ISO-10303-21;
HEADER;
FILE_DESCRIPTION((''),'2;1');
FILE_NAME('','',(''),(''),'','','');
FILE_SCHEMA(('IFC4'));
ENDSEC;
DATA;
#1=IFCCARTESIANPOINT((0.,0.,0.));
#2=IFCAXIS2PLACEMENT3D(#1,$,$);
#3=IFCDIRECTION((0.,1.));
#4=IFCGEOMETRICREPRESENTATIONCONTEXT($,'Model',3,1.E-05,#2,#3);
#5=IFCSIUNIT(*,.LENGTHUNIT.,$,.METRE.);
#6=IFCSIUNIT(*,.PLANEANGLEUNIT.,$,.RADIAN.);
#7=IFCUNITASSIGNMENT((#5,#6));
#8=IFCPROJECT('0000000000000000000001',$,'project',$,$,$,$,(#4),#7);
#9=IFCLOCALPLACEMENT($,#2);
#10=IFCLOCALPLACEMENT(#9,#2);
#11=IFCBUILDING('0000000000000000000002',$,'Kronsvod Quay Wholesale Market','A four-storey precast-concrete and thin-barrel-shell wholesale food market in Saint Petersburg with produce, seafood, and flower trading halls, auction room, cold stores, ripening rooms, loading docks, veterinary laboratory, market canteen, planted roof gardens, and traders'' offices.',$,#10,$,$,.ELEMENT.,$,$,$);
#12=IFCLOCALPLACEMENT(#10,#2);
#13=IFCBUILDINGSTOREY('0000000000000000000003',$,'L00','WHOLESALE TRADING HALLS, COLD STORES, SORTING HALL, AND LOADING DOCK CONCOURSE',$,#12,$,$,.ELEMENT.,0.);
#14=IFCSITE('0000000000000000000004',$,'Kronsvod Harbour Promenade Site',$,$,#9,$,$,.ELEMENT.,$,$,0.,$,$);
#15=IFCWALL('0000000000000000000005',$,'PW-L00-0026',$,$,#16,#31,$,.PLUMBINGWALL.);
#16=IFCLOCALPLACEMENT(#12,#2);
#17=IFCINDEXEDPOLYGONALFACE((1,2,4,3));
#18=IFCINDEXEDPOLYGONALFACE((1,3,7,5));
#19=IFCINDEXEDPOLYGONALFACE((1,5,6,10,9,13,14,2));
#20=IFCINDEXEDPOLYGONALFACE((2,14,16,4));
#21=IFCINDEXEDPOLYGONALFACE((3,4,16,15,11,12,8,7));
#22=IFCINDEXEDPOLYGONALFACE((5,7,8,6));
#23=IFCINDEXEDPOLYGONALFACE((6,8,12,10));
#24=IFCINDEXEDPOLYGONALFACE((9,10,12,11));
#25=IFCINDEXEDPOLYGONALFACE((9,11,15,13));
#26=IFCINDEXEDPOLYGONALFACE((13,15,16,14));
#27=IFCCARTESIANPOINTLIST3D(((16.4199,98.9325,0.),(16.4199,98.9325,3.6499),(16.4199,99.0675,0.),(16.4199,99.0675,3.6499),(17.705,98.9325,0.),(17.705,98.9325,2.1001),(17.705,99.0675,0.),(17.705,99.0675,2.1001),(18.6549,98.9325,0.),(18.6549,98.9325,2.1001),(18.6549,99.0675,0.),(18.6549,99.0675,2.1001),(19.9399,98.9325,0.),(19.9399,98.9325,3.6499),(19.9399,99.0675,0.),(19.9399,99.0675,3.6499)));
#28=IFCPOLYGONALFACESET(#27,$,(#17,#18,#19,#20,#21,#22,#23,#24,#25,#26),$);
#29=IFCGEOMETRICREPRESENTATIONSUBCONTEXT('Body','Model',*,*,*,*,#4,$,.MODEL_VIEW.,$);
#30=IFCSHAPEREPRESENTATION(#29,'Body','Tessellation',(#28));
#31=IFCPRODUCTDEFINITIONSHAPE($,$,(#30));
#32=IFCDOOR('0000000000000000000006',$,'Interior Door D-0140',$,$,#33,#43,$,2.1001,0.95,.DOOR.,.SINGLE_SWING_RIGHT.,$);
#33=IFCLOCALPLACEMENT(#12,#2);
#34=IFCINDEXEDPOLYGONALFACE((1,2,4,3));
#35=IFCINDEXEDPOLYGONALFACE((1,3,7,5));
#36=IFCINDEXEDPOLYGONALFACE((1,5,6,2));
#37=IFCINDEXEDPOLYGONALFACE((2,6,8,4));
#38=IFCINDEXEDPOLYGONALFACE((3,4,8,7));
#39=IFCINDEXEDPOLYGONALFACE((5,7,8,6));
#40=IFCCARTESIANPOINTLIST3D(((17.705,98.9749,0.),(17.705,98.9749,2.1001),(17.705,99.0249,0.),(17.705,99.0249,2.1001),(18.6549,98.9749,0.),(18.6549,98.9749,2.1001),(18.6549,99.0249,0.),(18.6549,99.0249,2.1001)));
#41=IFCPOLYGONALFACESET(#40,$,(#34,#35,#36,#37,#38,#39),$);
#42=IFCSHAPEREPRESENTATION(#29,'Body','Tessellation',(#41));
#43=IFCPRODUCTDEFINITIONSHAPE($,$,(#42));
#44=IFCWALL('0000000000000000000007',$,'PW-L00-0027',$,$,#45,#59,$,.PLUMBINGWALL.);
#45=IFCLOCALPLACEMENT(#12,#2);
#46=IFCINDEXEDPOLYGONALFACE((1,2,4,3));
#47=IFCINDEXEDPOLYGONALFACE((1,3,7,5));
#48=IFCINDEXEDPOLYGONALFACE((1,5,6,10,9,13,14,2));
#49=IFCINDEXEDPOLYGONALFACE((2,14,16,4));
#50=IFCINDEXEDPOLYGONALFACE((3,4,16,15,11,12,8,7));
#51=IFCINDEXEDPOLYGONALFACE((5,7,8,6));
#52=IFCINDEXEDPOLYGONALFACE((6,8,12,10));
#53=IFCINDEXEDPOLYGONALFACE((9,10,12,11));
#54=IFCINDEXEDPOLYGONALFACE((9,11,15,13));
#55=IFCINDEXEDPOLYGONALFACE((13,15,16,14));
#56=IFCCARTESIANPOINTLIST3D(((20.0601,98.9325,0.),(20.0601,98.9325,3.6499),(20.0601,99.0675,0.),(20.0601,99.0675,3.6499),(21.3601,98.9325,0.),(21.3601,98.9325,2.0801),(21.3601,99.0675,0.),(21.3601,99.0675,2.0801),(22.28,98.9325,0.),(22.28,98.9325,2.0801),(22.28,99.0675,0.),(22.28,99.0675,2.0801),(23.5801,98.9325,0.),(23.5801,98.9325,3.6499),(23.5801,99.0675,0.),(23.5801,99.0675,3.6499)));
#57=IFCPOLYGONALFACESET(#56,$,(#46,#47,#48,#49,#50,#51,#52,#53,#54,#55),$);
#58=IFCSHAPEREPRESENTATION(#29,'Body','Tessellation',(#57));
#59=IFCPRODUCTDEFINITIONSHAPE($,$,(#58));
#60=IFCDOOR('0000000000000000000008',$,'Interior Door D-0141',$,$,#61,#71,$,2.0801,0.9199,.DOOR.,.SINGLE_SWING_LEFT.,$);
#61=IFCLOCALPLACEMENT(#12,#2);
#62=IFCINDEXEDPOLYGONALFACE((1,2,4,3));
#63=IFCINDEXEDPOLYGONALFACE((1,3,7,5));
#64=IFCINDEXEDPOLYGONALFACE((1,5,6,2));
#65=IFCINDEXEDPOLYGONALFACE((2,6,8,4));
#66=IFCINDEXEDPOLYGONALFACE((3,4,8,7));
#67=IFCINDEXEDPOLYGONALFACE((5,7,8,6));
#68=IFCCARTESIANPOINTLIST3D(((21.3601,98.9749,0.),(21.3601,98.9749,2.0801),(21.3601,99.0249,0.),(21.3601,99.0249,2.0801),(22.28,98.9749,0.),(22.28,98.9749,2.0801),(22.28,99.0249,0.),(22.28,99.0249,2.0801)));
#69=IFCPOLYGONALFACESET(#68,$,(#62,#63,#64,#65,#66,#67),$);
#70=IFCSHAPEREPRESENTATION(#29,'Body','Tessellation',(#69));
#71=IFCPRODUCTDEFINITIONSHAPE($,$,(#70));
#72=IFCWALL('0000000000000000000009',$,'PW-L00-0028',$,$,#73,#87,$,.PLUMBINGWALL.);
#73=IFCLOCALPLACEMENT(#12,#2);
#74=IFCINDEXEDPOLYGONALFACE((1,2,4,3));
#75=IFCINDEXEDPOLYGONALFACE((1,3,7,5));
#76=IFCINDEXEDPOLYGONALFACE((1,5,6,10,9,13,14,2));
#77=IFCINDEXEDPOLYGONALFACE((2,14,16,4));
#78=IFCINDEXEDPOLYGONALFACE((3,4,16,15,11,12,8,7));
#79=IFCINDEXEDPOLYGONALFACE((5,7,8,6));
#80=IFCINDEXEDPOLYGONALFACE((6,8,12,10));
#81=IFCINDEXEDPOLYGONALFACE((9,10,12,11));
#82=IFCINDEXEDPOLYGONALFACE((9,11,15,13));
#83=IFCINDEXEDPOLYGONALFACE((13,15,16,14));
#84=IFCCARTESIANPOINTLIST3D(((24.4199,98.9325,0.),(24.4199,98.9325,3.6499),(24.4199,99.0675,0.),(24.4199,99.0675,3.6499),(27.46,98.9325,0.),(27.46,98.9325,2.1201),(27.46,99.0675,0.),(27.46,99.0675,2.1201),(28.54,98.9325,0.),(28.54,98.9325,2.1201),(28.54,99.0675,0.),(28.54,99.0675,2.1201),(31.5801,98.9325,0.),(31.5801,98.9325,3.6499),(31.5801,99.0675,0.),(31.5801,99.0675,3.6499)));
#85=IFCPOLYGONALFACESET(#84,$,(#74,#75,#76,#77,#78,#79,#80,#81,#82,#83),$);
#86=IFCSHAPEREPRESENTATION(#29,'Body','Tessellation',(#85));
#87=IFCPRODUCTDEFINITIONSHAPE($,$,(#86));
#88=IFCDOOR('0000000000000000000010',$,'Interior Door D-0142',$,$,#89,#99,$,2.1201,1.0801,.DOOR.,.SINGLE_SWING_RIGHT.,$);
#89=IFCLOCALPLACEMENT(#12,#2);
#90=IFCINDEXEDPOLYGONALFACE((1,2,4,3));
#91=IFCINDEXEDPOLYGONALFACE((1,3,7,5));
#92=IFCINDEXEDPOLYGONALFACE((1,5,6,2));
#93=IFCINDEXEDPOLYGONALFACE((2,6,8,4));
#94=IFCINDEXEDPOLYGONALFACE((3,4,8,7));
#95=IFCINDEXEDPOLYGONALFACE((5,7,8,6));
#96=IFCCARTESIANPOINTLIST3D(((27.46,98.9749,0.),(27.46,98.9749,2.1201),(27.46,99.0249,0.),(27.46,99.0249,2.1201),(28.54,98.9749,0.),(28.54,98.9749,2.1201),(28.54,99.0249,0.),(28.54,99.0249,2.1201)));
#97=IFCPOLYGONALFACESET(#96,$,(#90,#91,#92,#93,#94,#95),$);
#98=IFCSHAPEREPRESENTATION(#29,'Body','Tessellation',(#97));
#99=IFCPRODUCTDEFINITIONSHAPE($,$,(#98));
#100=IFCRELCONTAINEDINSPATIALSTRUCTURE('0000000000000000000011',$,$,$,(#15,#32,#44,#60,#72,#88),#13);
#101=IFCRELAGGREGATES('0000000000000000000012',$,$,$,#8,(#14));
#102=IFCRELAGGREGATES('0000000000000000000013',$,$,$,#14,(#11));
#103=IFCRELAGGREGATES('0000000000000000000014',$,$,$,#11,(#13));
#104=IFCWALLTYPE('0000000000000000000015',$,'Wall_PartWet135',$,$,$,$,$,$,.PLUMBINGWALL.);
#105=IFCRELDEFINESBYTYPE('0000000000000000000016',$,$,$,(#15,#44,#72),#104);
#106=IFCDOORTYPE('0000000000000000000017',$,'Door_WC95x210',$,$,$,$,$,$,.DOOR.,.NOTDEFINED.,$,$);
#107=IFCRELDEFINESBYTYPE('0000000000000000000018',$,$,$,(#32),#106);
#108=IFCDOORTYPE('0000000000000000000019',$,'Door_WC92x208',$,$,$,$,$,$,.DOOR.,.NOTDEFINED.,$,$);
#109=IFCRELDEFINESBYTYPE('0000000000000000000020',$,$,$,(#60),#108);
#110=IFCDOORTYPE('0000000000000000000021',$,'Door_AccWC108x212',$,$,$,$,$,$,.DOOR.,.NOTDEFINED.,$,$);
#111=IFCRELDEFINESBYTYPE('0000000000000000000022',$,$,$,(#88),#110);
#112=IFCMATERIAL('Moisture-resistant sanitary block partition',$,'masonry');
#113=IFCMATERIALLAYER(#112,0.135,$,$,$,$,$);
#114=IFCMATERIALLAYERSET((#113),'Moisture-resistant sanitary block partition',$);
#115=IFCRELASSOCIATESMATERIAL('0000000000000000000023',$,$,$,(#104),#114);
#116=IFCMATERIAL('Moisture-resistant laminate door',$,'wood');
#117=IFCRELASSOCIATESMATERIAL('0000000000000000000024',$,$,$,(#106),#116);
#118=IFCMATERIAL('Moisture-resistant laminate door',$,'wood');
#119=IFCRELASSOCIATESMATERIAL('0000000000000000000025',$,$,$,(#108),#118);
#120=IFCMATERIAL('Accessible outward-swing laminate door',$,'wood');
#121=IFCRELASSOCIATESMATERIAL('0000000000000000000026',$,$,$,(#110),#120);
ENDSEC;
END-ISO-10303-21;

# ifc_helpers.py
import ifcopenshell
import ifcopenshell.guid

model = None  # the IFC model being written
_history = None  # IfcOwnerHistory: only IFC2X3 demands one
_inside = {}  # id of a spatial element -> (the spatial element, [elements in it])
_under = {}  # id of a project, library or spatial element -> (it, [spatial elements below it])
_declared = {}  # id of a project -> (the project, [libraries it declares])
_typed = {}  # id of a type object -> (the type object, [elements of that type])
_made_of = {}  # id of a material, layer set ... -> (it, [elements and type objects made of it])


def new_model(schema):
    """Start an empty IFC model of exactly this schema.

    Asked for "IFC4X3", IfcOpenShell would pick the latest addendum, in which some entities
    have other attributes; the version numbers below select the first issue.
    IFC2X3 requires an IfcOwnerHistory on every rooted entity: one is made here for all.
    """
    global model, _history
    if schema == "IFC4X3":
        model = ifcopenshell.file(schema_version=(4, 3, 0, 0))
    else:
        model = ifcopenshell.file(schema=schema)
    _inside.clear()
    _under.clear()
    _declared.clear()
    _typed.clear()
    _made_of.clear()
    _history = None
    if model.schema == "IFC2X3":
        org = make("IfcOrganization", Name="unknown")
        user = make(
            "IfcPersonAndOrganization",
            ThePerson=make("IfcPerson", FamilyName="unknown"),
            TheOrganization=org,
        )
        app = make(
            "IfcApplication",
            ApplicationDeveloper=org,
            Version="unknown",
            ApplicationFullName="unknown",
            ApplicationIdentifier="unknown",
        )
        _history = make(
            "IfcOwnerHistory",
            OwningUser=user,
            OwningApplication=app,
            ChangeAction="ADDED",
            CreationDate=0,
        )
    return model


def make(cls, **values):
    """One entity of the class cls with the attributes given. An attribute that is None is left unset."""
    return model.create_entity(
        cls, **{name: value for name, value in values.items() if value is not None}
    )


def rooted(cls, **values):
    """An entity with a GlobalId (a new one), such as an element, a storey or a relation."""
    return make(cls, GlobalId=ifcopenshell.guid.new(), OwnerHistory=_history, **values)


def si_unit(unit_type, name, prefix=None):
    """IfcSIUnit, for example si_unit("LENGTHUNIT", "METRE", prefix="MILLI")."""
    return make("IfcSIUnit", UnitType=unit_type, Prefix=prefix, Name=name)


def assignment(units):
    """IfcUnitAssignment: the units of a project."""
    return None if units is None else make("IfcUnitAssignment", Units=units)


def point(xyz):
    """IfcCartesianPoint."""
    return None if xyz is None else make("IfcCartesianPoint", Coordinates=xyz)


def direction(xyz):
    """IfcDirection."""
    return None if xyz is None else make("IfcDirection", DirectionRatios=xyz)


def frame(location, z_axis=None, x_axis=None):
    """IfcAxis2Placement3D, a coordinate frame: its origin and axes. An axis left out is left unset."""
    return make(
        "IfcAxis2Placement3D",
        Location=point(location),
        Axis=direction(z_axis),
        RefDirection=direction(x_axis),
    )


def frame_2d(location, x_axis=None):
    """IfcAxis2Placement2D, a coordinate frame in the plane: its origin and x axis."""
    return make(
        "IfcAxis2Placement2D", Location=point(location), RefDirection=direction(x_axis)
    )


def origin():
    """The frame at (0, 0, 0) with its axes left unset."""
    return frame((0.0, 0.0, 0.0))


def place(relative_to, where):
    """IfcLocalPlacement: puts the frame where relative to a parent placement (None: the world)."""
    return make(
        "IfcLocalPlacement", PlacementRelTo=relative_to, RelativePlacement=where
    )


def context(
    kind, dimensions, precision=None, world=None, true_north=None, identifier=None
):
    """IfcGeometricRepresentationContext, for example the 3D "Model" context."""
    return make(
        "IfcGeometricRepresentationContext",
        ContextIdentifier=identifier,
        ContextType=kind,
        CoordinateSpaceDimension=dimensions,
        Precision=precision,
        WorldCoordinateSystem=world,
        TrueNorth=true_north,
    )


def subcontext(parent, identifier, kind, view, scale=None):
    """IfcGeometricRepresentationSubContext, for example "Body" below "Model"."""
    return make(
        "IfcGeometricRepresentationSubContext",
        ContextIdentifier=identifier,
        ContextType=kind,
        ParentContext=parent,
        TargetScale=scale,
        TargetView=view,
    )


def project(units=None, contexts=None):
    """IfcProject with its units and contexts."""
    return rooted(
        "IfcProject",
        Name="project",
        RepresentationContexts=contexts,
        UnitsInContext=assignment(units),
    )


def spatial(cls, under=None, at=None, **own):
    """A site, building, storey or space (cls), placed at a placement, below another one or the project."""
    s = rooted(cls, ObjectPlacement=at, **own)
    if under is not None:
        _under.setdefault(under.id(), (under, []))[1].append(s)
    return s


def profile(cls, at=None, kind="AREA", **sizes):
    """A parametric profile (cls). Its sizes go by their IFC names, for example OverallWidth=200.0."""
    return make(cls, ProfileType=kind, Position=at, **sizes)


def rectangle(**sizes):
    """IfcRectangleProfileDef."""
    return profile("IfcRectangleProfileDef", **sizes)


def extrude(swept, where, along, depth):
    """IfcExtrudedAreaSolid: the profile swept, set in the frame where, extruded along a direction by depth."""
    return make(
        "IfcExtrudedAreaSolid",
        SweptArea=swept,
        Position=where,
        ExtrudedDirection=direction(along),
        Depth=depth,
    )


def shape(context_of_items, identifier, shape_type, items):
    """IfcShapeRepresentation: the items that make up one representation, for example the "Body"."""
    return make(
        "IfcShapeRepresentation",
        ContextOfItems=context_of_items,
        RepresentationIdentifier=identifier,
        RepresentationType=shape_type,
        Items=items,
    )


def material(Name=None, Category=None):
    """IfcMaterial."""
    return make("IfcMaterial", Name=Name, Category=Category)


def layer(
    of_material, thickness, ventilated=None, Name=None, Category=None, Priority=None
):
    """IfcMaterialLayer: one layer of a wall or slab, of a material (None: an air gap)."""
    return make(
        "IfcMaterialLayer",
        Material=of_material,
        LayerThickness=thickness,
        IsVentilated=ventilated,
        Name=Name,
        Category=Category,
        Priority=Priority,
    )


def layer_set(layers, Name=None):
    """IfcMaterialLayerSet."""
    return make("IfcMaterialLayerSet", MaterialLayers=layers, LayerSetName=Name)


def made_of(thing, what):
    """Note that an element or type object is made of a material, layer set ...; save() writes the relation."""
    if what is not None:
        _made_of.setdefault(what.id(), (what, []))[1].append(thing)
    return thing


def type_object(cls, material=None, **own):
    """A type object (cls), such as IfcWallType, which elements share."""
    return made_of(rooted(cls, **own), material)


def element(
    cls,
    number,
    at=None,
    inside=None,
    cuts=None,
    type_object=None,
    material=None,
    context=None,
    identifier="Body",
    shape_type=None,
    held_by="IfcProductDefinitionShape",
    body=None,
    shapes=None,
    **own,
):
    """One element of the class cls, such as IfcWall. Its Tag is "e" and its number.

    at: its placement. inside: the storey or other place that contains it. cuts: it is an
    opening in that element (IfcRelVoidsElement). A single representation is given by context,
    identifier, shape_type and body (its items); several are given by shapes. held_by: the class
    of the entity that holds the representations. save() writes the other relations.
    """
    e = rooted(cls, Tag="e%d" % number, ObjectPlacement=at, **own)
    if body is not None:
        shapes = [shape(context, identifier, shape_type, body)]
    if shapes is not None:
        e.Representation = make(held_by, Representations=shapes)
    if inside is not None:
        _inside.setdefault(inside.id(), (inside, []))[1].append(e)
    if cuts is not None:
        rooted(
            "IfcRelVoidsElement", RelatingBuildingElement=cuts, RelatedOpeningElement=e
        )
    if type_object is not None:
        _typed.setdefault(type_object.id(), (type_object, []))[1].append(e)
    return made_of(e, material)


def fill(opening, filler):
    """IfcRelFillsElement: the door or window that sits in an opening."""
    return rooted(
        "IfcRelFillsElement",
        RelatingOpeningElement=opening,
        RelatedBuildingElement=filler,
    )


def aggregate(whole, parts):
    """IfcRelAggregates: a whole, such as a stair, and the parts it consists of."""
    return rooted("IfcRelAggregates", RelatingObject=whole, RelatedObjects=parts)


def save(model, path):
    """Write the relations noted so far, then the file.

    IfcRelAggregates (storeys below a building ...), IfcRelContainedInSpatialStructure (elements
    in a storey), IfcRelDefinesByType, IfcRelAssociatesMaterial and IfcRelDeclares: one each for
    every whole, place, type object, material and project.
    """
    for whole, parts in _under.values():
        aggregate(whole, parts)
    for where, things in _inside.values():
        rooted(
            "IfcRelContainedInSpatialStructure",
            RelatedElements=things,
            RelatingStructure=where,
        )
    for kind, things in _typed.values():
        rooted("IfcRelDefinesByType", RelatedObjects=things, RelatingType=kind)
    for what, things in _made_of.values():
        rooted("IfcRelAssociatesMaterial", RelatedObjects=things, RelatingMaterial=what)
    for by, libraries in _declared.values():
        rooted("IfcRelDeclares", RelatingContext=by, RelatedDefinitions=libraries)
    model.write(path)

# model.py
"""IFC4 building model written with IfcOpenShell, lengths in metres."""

from ifc_helpers import new_model, si_unit, direction, frame, frame_2d, origin, place, context, subcontext, project, spatial, rectangle, extrude, material, layer, layer_set, type_object, element, fill, save


model = new_model("IFC4")

# Units and contexts
model_context = context("Model", 3, precision=1e-05, world=origin(), true_north=direction((0.0, 1.0)))
body_context = subcontext(model_context, "Body", "Model", "MODEL_VIEW")
ifc_project = project(units=[si_unit("LENGTHUNIT", "METRE"), si_unit("PLANEANGLEUNIT", "RADIAN")], contexts=[model_context])

# Site, building, storey
site_placement = place(None, origin())
site = spatial("IfcSite", under=ifc_project, at=site_placement, Name="Kronsvod Harbour Promenade Site", CompositionType="ELEMENT", RefElevation=0.0)
building_placement = place(site_placement, origin())
building = spatial("IfcBuilding", under=site, at=building_placement, Name="Kronsvod Quay Wholesale Market", Description="A four-storey precast-concrete and thin-barrel-shell wholesale food market in Saint Petersburg with produce, seafood, and flower trading halls, auction room, cold stores, ripening rooms, loading docks, veterinary laboratory, market canteen, planted roof gardens, and traders' offices.", CompositionType="ELEMENT")
storey_placement = place(building_placement, origin())
storey = spatial("IfcBuildingStorey", under=building, at=storey_placement, Name="L00", Description="WHOLESALE TRADING HALLS, COLD STORES, SORTING HALL, AND LOADING DOCK CONCOURSE", CompositionType="ELEMENT", Elevation=0.0)

# Walls, openings, doors
ifc_material_1 = material(Name="Moisture-resistant sanitary block partition", Category="masonry")
ifc_layer_1 = layer(ifc_material_1, 0.135)
ifc_layer_set_1 = layer_set([ifc_layer_1], Name="Moisture-resistant sanitary block partition")
wall_type_1 = type_object("IfcWallType", Name="Wall_PartWet135", PredefinedType="PLUMBINGWALL", material=ifc_layer_set_1)
wall_1_placement = place(storey_placement, frame((16.4199, 99.0, 0.0), z_axis=(0.0, 0.0, 1.0), x_axis=(1.0, 0.0, 0.0)))
wall_1 = element("IfcWall", 1, at=wall_1_placement, inside=storey, type_object=wall_type_1, Name="PW-L00-0026", PredefinedType="PLUMBINGWALL", context=body_context, shape_type="SweptSolid", body=[
    extrude(rectangle(XDim=3.52, YDim=0.135, at=frame_2d((1.76, 0.0))), origin(), (0.0, 0.0, 1.0), 3.6499),
])
opening_1_placement = place(wall_1_placement, frame((1.2849, 0.0, 0.0)))
opening_1 = element("IfcOpeningElement", 2, at=opening_1_placement, cuts=wall_1, PredefinedType="OPENING", context=body_context, shape_type="SweptSolid", body=[
    extrude(rectangle(XDim=0.95, YDim=2.1001, at=frame_2d((0.4751, 1.05))), frame((0.0, 0.0776, 0.0), z_axis=(0.0, -1.0, 0.0), x_axis=(1.0, 0.0, 0.0)), (0.0, 0.0, 1.0), 0.155),
])
ifc_material_2 = material(Name="Moisture-resistant laminate door", Category="wood")
door_type_1 = type_object("IfcDoorType", Name="Door_WC95x210", OperationType="NOTDEFINED", PredefinedType="DOOR", material=ifc_material_2)
door_1_placement = place(opening_1_placement, origin())
door_1 = element("IfcDoor", 3, at=door_1_placement, inside=storey, type_object=door_type_1, Name="Interior Door D-0140", OperationType="SINGLE_SWING_RIGHT", OverallHeight=2.1001, OverallWidth=0.95, PredefinedType="DOOR", context=body_context, shape_type="SweptSolid", body=[
    extrude(rectangle(XDim=0.95, YDim=2.1001, at=frame_2d((0.4751, 1.05))), frame((0.0, 0.0249, 0.0), z_axis=(0.0, -1.0, 0.0), x_axis=(1.0, 0.0, 0.0)), (0.0, 0.0, 1.0), 0.05),
])
fill(opening_1, door_1)
wall_2_placement = place(storey_placement, frame((20.0601, 99.0, 0.0), z_axis=(0.0, 0.0, 1.0), x_axis=(1.0, 0.0, 0.0)))
wall_2 = element("IfcWall", 4, at=wall_2_placement, inside=storey, type_object=wall_type_1, Name="PW-L00-0027", PredefinedType="PLUMBINGWALL", context=body_context, shape_type="SweptSolid", body=[
    extrude(rectangle(XDim=3.52, YDim=0.135, at=frame_2d((1.76, 0.0))), origin(), (0.0, 0.0, 1.0), 3.6499),
])
opening_2_placement = place(wall_2_placement, frame((1.3, 0.0, 0.0)))
opening_2 = element("IfcOpeningElement", 5, at=opening_2_placement, cuts=wall_2, PredefinedType="OPENING", context=body_context, shape_type="SweptSolid", body=[
    extrude(rectangle(XDim=0.9199, YDim=2.0801, at=frame_2d((0.46, 1.04))), frame((0.0, 0.0776, 0.0), z_axis=(0.0, -1.0, 0.0), x_axis=(1.0, 0.0, 0.0)), (0.0, 0.0, 1.0), 0.155),
])
ifc_material_3 = material(Name="Moisture-resistant laminate door", Category="wood")
door_type_2 = type_object("IfcDoorType", Name="Door_WC92x208", OperationType="NOTDEFINED", PredefinedType="DOOR", material=ifc_material_3)
door_2_placement = place(opening_2_placement, origin())
door_2 = element("IfcDoor", 6, at=door_2_placement, inside=storey, type_object=door_type_2, Name="Interior Door D-0141", OperationType="SINGLE_SWING_LEFT", OverallHeight=2.0801, OverallWidth=0.9199, PredefinedType="DOOR", context=body_context, shape_type="SweptSolid", body=[
    extrude(rectangle(XDim=0.9199, YDim=2.0801, at=frame_2d((0.46, 1.04))), frame((0.0, 0.0249, 0.0), z_axis=(0.0, -1.0, 0.0), x_axis=(1.0, 0.0, 0.0)), (0.0, 0.0, 1.0), 0.05),
])
fill(opening_2, door_2)
wall_3_placement = place(storey_placement, frame((24.4199, 99.0, 0.0), z_axis=(0.0, 0.0, 1.0), x_axis=(1.0, 0.0, 0.0)))
wall_3 = element("IfcWall", 7, at=wall_3_placement, inside=storey, type_object=wall_type_1, Name="PW-L00-0028", PredefinedType="PLUMBINGWALL", context=body_context, shape_type="SweptSolid", body=[
    extrude(rectangle(XDim=7.1602, YDim=0.135, at=frame_2d((3.5801, 0.0))), origin(), (0.0, 0.0, 1.0), 3.6499),
])
opening_3_placement = place(wall_3_placement, frame((3.04, 0.0, 0.0)))
opening_3 = element("IfcOpeningElement", 8, at=opening_3_placement, cuts=wall_3, PredefinedType="OPENING", context=body_context, shape_type="SweptSolid", body=[
    extrude(rectangle(XDim=1.0801, YDim=2.1201, at=frame_2d((0.54, 1.0601))), frame((0.0, 0.0776, 0.0), z_axis=(0.0, -1.0, 0.0), x_axis=(1.0, 0.0, 0.0)), (0.0, 0.0, 1.0), 0.155),
])
ifc_material_4 = material(Name="Accessible outward-swing laminate door", Category="wood")
door_type_3 = type_object("IfcDoorType", Name="Door_AccWC108x212", OperationType="NOTDEFINED", PredefinedType="DOOR", material=ifc_material_4)
door_3_placement = place(opening_3_placement, origin())
door_3 = element("IfcDoor", 9, at=door_3_placement, inside=storey, type_object=door_type_3, Name="Interior Door D-0142", OperationType="SINGLE_SWING_RIGHT", OverallHeight=2.1201, OverallWidth=1.0801, PredefinedType="DOOR", context=body_context, shape_type="SweptSolid", body=[
    extrude(rectangle(XDim=1.0801, YDim=2.1201, at=frame_2d((0.54, 1.0601))), frame((0.0, 0.0249, 0.0), z_axis=(0.0, -1.0, 0.0), x_axis=(1.0, 0.0, 0.0)), (0.0, 0.0, 1.0), 0.05),
])
fill(opening_3, door_3)

save(model, "model.ifc")
